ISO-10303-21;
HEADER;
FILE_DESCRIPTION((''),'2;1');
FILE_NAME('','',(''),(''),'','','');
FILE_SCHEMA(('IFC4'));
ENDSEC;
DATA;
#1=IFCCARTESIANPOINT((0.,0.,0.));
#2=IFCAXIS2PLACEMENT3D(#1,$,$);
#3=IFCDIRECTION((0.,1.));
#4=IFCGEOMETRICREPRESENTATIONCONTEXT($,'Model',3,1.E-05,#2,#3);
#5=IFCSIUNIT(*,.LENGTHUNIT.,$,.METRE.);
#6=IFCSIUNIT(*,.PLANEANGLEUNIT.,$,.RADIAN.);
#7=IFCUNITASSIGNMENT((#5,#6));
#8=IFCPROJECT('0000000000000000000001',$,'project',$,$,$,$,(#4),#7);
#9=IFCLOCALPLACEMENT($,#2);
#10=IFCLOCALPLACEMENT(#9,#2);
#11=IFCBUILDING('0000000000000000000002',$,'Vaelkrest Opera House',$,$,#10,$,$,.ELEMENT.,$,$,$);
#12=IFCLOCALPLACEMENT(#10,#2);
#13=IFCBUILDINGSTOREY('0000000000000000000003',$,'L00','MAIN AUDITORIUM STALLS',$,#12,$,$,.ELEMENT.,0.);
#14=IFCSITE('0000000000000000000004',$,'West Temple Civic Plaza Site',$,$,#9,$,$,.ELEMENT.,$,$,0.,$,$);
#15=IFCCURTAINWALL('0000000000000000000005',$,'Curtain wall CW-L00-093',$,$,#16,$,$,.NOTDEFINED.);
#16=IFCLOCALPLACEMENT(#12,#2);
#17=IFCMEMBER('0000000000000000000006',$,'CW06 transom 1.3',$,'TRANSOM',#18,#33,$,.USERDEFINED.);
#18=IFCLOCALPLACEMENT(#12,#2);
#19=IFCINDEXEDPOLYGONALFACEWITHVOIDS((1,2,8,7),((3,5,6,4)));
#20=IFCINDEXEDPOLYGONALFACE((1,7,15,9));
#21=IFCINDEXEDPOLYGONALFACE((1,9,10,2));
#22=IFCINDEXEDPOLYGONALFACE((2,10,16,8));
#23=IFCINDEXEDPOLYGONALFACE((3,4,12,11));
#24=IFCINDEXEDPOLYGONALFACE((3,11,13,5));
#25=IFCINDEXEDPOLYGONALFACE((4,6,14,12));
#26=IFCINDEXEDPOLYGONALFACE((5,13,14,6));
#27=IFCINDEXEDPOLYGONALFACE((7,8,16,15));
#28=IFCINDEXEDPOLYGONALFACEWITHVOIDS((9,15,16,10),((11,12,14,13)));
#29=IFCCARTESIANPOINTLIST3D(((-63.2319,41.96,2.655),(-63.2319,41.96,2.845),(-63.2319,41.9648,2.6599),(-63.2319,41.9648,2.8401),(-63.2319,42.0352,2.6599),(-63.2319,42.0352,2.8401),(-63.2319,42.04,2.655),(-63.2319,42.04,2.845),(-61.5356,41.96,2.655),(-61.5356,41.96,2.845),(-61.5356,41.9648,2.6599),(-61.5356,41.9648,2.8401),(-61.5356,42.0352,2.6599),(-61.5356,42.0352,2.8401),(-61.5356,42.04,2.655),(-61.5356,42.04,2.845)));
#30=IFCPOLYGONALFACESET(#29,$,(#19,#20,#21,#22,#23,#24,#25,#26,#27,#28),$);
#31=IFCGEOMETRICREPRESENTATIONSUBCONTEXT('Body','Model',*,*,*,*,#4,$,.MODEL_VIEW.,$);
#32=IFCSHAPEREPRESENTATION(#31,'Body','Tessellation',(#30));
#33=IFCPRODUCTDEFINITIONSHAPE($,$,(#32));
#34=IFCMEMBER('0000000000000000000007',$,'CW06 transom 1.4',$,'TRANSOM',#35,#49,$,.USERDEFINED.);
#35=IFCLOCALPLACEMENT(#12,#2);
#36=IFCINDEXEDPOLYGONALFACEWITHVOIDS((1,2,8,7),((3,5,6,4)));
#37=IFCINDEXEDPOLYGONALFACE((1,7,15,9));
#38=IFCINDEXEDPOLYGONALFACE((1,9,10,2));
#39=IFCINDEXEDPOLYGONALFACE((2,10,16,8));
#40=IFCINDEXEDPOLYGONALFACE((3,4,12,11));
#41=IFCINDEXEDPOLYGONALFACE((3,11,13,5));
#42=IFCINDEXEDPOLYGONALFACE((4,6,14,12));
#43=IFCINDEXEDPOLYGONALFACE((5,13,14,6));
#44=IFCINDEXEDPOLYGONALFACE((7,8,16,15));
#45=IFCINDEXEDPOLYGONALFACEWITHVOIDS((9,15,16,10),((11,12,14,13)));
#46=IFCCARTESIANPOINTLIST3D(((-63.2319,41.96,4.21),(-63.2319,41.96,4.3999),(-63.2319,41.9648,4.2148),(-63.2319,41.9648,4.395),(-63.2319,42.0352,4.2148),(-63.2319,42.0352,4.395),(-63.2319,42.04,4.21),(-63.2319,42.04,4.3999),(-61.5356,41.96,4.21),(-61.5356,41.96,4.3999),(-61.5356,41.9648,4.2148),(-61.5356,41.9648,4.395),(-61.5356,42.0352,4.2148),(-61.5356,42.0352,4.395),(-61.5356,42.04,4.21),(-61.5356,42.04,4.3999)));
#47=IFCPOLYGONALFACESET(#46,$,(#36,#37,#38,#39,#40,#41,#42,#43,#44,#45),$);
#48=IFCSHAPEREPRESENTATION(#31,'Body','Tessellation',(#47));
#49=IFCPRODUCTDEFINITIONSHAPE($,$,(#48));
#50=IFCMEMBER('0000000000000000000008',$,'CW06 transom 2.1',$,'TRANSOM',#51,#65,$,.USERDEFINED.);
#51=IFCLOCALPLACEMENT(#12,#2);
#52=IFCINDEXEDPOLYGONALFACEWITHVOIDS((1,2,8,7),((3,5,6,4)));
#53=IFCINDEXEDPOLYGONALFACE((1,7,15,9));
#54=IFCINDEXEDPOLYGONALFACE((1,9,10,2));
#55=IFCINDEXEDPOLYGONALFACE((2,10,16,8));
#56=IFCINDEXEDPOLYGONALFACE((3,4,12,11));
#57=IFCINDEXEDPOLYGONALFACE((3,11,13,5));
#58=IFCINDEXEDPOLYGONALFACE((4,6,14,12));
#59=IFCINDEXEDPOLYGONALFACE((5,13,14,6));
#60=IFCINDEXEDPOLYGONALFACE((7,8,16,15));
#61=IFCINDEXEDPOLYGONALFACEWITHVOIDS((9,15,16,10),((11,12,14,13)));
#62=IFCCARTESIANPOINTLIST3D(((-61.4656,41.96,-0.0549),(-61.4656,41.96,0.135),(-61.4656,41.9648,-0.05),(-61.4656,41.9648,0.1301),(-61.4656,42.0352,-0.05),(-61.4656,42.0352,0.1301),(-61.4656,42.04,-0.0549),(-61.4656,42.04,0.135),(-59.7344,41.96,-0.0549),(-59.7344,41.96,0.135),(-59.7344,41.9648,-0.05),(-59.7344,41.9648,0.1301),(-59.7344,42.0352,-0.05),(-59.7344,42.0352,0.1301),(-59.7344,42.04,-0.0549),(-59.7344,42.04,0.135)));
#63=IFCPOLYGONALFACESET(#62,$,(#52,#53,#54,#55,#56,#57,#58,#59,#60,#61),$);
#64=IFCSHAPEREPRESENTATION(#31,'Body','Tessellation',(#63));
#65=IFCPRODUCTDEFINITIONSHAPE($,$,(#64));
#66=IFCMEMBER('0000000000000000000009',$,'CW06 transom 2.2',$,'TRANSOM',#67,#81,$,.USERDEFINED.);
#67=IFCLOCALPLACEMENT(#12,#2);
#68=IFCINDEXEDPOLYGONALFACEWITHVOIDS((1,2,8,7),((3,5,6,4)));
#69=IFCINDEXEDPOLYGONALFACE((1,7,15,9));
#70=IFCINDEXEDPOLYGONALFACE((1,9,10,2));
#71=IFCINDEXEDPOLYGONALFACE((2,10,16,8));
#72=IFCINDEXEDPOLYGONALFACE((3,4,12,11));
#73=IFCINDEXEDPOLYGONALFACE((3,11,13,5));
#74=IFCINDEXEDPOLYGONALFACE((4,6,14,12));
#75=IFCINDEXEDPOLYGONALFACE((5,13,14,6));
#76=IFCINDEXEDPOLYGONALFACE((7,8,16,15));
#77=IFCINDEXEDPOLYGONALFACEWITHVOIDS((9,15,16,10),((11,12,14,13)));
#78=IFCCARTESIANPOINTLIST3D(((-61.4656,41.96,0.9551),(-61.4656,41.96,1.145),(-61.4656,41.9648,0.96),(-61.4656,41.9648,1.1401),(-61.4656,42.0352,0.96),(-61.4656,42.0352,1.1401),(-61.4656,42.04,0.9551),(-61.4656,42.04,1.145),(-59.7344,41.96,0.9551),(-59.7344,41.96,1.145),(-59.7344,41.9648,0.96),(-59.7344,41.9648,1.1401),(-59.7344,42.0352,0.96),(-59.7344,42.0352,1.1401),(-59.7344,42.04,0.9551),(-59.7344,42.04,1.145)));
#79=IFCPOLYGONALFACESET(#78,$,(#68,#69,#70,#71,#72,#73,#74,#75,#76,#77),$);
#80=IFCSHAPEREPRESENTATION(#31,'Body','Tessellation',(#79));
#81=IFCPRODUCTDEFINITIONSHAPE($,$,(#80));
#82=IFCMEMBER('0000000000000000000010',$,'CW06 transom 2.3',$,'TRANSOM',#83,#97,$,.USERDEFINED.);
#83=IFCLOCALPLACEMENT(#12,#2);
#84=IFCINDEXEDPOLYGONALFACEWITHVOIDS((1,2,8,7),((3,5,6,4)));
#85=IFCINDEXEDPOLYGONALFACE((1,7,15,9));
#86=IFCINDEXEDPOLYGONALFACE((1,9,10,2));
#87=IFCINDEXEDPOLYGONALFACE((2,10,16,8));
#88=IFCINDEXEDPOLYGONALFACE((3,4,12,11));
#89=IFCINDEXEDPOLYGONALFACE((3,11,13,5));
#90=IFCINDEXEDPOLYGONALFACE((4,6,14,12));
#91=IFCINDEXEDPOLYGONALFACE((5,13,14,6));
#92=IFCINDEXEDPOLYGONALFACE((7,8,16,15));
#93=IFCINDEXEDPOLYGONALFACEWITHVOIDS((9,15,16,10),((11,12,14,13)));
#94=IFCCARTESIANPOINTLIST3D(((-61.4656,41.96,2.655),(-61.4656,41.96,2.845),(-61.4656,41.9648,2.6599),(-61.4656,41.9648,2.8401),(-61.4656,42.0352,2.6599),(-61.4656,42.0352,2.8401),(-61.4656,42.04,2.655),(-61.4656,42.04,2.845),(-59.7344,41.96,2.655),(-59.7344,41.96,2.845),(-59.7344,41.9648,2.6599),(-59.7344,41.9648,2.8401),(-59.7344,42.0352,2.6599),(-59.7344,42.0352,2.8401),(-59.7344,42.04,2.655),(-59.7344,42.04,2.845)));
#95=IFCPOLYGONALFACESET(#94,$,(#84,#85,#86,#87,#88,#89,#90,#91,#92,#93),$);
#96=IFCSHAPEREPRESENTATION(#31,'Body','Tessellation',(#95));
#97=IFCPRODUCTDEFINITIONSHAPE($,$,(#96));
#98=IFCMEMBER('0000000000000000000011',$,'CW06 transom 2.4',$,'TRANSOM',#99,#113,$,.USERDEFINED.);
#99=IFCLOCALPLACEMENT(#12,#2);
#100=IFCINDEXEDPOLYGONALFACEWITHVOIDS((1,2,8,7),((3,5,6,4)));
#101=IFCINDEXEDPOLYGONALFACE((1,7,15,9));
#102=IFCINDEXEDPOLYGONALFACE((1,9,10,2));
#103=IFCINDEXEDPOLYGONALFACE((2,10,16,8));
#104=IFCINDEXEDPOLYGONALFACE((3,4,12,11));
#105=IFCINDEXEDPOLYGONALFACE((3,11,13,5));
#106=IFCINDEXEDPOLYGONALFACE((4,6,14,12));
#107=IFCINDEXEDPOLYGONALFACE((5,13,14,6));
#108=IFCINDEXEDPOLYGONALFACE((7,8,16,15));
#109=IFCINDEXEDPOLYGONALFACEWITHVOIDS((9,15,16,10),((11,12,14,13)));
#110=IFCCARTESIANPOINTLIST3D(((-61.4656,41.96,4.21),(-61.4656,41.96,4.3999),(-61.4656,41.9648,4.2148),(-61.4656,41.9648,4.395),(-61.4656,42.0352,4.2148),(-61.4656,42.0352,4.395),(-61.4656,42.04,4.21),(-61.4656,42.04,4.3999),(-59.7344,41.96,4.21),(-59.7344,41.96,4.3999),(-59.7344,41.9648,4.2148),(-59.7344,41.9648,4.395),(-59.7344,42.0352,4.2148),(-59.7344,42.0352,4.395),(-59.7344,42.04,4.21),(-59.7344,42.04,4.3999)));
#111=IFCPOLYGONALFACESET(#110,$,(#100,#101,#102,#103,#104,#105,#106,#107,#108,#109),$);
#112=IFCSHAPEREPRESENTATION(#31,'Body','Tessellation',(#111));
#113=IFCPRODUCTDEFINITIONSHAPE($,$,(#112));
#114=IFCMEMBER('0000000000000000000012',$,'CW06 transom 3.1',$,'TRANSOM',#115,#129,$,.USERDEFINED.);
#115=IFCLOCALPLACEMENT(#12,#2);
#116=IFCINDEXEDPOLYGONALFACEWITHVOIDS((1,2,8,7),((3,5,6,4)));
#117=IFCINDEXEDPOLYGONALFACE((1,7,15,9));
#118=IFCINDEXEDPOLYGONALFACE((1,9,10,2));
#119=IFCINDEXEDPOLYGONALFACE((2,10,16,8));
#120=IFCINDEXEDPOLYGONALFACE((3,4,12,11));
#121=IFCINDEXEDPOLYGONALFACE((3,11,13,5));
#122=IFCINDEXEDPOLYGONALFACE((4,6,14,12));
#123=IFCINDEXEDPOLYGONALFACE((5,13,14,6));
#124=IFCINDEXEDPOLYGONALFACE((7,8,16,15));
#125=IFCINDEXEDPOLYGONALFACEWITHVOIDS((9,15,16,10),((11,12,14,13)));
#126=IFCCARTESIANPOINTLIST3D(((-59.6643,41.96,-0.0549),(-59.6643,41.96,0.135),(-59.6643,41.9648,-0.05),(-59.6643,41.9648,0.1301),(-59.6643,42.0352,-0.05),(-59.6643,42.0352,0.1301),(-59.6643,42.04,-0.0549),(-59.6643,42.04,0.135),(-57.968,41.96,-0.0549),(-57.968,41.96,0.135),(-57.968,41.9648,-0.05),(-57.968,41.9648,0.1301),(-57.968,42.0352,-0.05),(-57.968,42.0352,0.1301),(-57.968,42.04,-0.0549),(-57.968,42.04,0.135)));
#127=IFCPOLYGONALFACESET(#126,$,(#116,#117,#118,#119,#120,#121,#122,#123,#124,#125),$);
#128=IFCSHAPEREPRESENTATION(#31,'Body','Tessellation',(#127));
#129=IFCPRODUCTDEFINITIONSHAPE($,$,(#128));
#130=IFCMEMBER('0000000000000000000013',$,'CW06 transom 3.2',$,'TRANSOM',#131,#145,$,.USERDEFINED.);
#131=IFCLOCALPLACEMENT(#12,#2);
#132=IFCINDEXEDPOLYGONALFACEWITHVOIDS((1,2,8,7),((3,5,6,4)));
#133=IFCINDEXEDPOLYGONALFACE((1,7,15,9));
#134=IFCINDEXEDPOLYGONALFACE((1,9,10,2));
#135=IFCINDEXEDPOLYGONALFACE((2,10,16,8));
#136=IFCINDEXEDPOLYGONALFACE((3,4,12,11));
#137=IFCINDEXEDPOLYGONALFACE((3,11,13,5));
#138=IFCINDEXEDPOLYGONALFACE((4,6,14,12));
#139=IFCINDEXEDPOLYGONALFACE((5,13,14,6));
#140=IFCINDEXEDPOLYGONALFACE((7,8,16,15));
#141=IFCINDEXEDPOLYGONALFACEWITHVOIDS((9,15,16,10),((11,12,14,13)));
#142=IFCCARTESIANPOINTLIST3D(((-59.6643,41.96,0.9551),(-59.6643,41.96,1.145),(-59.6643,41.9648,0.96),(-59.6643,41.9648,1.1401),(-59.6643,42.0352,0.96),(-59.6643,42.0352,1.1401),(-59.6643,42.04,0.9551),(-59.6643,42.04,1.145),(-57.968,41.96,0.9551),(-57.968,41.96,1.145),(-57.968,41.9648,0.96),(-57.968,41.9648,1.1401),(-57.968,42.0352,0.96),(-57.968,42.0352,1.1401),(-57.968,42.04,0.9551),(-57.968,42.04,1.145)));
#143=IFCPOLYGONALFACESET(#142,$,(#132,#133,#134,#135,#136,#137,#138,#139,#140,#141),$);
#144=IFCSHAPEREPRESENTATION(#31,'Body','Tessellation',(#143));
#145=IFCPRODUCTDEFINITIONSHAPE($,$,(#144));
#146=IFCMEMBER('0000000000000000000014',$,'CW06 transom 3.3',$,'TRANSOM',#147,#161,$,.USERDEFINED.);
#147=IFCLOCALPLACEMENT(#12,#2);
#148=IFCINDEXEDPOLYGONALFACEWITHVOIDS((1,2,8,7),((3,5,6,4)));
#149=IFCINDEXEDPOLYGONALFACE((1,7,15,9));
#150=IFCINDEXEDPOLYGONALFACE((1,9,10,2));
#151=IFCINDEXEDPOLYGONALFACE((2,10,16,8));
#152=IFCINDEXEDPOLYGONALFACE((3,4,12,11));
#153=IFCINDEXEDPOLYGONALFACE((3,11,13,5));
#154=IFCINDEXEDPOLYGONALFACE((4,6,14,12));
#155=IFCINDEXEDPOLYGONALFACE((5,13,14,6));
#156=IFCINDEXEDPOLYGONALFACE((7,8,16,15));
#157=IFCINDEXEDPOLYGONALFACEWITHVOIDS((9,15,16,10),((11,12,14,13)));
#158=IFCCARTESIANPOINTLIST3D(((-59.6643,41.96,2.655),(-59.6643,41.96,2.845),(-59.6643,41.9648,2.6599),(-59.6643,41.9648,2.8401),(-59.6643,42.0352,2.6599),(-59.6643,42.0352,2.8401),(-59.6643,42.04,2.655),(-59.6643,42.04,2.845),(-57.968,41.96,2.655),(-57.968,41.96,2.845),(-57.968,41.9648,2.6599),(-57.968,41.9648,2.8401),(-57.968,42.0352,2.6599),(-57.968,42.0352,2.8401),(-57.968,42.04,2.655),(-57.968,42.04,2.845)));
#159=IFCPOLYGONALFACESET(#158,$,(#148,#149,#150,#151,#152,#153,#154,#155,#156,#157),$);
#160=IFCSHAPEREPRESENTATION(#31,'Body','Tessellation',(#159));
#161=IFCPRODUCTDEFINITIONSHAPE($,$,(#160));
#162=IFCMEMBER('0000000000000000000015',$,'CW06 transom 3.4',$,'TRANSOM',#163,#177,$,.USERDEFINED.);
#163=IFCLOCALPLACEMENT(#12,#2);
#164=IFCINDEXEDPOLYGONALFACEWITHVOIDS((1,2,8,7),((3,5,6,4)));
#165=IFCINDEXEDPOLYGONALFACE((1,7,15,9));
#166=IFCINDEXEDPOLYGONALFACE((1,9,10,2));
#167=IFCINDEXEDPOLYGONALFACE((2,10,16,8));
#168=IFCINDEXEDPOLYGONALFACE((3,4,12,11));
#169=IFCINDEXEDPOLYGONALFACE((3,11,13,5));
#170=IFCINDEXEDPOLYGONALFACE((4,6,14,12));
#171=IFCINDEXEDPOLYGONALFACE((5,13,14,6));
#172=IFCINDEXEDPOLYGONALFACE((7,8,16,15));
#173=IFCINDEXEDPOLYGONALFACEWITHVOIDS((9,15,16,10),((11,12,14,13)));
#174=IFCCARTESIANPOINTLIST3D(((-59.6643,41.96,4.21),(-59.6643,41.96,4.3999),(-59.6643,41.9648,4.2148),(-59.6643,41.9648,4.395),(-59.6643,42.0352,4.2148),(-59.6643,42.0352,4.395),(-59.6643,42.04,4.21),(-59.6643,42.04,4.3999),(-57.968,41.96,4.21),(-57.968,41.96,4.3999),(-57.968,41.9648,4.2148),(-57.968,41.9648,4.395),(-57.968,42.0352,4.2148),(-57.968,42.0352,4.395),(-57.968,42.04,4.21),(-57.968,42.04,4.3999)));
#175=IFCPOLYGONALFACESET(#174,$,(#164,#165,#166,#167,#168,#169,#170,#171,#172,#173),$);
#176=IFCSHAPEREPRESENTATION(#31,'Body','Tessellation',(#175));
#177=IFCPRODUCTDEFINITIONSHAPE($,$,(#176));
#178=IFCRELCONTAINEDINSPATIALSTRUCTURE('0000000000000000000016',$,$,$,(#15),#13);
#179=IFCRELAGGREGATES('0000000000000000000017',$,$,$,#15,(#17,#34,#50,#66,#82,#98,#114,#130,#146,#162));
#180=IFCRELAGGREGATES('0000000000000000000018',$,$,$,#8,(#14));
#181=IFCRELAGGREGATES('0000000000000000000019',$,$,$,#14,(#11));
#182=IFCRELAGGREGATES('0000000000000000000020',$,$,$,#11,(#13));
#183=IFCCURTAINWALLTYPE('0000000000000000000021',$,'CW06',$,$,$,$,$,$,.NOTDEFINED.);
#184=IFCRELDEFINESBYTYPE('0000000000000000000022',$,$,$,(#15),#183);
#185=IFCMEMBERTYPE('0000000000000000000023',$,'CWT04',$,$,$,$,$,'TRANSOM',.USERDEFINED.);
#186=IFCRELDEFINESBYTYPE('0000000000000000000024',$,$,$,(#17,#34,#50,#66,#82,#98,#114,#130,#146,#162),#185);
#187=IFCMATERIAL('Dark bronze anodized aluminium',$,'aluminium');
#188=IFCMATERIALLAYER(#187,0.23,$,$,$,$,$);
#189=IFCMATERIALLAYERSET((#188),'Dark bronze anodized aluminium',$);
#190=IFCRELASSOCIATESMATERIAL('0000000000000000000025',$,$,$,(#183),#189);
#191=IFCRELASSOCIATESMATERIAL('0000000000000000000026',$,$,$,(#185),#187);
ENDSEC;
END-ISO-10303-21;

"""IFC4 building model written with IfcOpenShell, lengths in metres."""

from ifc_helpers import new_model, si_unit, direction, frame, origin, origin_2d, place, context, subcontext, project, spatial, hollow_rectangle, extrude, material, layer, layer_set, material_profile, profile_set, type_object, element, aggregate, save


model = new_model("IFC4")

# Units and contexts
model_context = context("Model", 3, precision=1e-05, world=origin(), true_north=direction((0.0, 1.0)))
body_context = subcontext(model_context, "Body", "Model", "MODEL_VIEW")
ifc_project = project(units=[si_unit("LENGTHUNIT", "METRE"), si_unit("PLANEANGLEUNIT", "RADIAN")], contexts=[model_context])

# Site, building, storey
site_placement = place(None, origin())
site = spatial("IfcSite", under=ifc_project, at=site_placement, Name="West Temple Civic Plaza Site", CompositionType="ELEMENT", RefElevation=0.0)
building_placement = place(site_placement, origin())
building = spatial("IfcBuilding", under=site, at=building_placement, Name="Vaelkrest Opera House", CompositionType="ELEMENT")
storey_placement = place(building_placement, origin())
storey = spatial("IfcBuildingStorey", under=building, at=storey_placement, Name="L00", Description="MAIN AUDITORIUM STALLS", CompositionType="ELEMENT", Elevation=0.0)

# Curtain wall, members
ifc_material_1 = material(Name="Dark bronze anodized aluminium", Category="aluminium")
ifc_layer_1 = layer(ifc_material_1, 0.23)
ifc_layer_set_1 = layer_set([ifc_layer_1], Name="Dark bronze anodized aluminium")
curtain_wall_type = type_object("IfcCurtainWallType", Name="CW06", PredefinedType="NOTDEFINED", material=ifc_layer_set_1)
curtain_wall_placement = place(storey_placement, origin())
curtain_wall = element("IfcCurtainWall", 1, at=curtain_wall_placement, inside=storey, type_object=curtain_wall_type, Name="Curtain wall CW-L00-093", PredefinedType="NOTDEFINED")
ifc_material_profile_1 = material_profile(ifc_material_1, hollow_rectangle(XDim=0.0801, YDim=0.1899, WallThickness=0.0049, at=origin_2d()), Name="CWT80X190")
ifc_profile_set_1 = profile_set([ifc_material_profile_1], Name="Dark bronze anodized aluminium")
member_type_1 = type_object("IfcMemberType", Name="CWT04", ElementType="TRANSOM", PredefinedType="USERDEFINED", material=ifc_profile_set_1)
member_1_placement = place(storey_placement, frame((-63.2319, 42.0, 2.75), z_axis=(1.0, 0.0, 0.0), x_axis=(0.0, 1.0, 0.0)))
member_1 = element("IfcMember", 2, at=member_1_placement, type_object=member_type_1, Name="CW06 transom 1.3", ObjectType="TRANSOM", PredefinedType="USERDEFINED", context=body_context, shape_type="SweptSolid", body=[
    extrude(hollow_rectangle(XDim=0.0801, YDim=0.1899, WallThickness=0.0049, at=origin_2d()), origin(), (0.0, 0.0, 1.0), 1.6963),
])
member_2_placement = place(storey_placement, frame((-63.2319, 42.0, 4.3049), z_axis=(1.0, 0.0, 0.0), x_axis=(0.0, 1.0, 0.0)))
member_2 = element("IfcMember", 3, at=member_2_placement, type_object=member_type_1, Name="CW06 transom 1.4", ObjectType="TRANSOM", PredefinedType="USERDEFINED", context=body_context, shape_type="SweptSolid", body=[
    extrude(hollow_rectangle(XDim=0.0801, YDim=0.1899, WallThickness=0.0049, at=origin_2d()), origin(), (0.0, 0.0, 1.0), 1.6963),
])
member_3_placement = place(storey_placement, frame((-61.4656, 42.0, 0.04), z_axis=(1.0, 0.0, 0.0), x_axis=(0.0, 1.0, 0.0)))
member_3 = element("IfcMember", 4, at=member_3_placement, type_object=member_type_1, Name="CW06 transom 2.1", ObjectType="TRANSOM", PredefinedType="USERDEFINED", context=body_context, shape_type="SweptSolid", body=[
    extrude(hollow_rectangle(XDim=0.0801, YDim=0.1899, WallThickness=0.0049, at=origin_2d()), origin(), (0.0, 0.0, 1.0), 1.7312),
])
member_4_placement = place(storey_placement, frame((-61.4656, 42.0, 1.05), z_axis=(1.0, 0.0, 0.0), x_axis=(0.0, 1.0, 0.0)))
member_4 = element("IfcMember", 5, at=member_4_placement, type_object=member_type_1, Name="CW06 transom 2.2", ObjectType="TRANSOM", PredefinedType="USERDEFINED", context=body_context, shape_type="SweptSolid", body=[
    extrude(hollow_rectangle(XDim=0.0801, YDim=0.1899, WallThickness=0.0049, at=origin_2d()), origin(), (0.0, 0.0, 1.0), 1.7312),
])
member_5_placement = place(storey_placement, frame((-61.4656, 42.0, 2.75), z_axis=(1.0, 0.0, 0.0), x_axis=(0.0, 1.0, 0.0)))
member_5 = element("IfcMember", 6, at=member_5_placement, type_object=member_type_1, Name="CW06 transom 2.3", ObjectType="TRANSOM", PredefinedType="USERDEFINED", context=body_context, shape_type="SweptSolid", body=[
    extrude(hollow_rectangle(XDim=0.0801, YDim=0.1899, WallThickness=0.0049, at=origin_2d()), origin(), (0.0, 0.0, 1.0), 1.7312),
])
member_6_placement = place(storey_placement, frame((-61.4656, 42.0, 4.3049), z_axis=(1.0, 0.0, 0.0), x_axis=(0.0, 1.0, 0.0)))
member_6 = element("IfcMember", 7, at=member_6_placement, type_object=member_type_1, Name="CW06 transom 2.4", ObjectType="TRANSOM", PredefinedType="USERDEFINED", context=body_context, shape_type="SweptSolid", body=[
    extrude(hollow_rectangle(XDim=0.0801, YDim=0.1899, WallThickness=0.0049, at=origin_2d()), origin(), (0.0, 0.0, 1.0), 1.7312),
])
member_7_placement = place(storey_placement, frame((-59.6643, 42.0, 0.04), z_axis=(1.0, 0.0, 0.0), x_axis=(0.0, 1.0, 0.0)))
member_7 = element("IfcMember", 8, at=member_7_placement, type_object=member_type_1, Name="CW06 transom 3.1", ObjectType="TRANSOM", PredefinedType="USERDEFINED", context=body_context, shape_type="SweptSolid", body=[
    extrude(hollow_rectangle(XDim=0.0801, YDim=0.1899, WallThickness=0.0049, at=origin_2d()), origin(), (0.0, 0.0, 1.0), 1.6963),
])
member_8_placement = place(storey_placement, frame((-59.6643, 42.0, 1.05), z_axis=(1.0, 0.0, 0.0), x_axis=(0.0, 1.0, 0.0)))
member_8 = element("IfcMember", 9, at=member_8_placement, type_object=member_type_1, Name="CW06 transom 3.2", ObjectType="TRANSOM", PredefinedType="USERDEFINED", context=body_context, shape_type="SweptSolid", body=[
    extrude(hollow_rectangle(XDim=0.0801, YDim=0.1899, WallThickness=0.0049, at=origin_2d()), origin(), (0.0, 0.0, 1.0), 1.6963),
])
member_9_placement = place(storey_placement, frame((-59.6643, 42.0, 2.75), z_axis=(1.0, 0.0, 0.0), x_axis=(0.0, 1.0, 0.0)))
member_9 = element("IfcMember", 10, at=member_9_placement, type_object=member_type_1, Name="CW06 transom 3.3", ObjectType="TRANSOM", PredefinedType="USERDEFINED", context=body_context, shape_type="SweptSolid", body=[
    extrude(hollow_rectangle(XDim=0.0801, YDim=0.1899, WallThickness=0.0049, at=origin_2d()), origin(), (0.0, 0.0, 1.0), 1.6963),
])
member_10_placement = place(storey_placement, frame((-59.6643, 42.0, 4.3049), z_axis=(1.0, 0.0, 0.0), x_axis=(0.0, 1.0, 0.0)))
member_10 = element("IfcMember", 11, at=member_10_placement, type_object=member_type_1, Name="CW06 transom 3.4", ObjectType="TRANSOM", PredefinedType="USERDEFINED", context=body_context, shape_type="SweptSolid", body=[
    extrude(hollow_rectangle(XDim=0.0801, YDim=0.1899, WallThickness=0.0049, at=origin_2d()), origin(), (0.0, 0.0, 1.0), 1.6963),
])

aggregate(curtain_wall, [member_1, member_2, member_3, member_4, member_5, member_6, member_7, member_8, member_9, member_10])

save(model, "model.ifc")
